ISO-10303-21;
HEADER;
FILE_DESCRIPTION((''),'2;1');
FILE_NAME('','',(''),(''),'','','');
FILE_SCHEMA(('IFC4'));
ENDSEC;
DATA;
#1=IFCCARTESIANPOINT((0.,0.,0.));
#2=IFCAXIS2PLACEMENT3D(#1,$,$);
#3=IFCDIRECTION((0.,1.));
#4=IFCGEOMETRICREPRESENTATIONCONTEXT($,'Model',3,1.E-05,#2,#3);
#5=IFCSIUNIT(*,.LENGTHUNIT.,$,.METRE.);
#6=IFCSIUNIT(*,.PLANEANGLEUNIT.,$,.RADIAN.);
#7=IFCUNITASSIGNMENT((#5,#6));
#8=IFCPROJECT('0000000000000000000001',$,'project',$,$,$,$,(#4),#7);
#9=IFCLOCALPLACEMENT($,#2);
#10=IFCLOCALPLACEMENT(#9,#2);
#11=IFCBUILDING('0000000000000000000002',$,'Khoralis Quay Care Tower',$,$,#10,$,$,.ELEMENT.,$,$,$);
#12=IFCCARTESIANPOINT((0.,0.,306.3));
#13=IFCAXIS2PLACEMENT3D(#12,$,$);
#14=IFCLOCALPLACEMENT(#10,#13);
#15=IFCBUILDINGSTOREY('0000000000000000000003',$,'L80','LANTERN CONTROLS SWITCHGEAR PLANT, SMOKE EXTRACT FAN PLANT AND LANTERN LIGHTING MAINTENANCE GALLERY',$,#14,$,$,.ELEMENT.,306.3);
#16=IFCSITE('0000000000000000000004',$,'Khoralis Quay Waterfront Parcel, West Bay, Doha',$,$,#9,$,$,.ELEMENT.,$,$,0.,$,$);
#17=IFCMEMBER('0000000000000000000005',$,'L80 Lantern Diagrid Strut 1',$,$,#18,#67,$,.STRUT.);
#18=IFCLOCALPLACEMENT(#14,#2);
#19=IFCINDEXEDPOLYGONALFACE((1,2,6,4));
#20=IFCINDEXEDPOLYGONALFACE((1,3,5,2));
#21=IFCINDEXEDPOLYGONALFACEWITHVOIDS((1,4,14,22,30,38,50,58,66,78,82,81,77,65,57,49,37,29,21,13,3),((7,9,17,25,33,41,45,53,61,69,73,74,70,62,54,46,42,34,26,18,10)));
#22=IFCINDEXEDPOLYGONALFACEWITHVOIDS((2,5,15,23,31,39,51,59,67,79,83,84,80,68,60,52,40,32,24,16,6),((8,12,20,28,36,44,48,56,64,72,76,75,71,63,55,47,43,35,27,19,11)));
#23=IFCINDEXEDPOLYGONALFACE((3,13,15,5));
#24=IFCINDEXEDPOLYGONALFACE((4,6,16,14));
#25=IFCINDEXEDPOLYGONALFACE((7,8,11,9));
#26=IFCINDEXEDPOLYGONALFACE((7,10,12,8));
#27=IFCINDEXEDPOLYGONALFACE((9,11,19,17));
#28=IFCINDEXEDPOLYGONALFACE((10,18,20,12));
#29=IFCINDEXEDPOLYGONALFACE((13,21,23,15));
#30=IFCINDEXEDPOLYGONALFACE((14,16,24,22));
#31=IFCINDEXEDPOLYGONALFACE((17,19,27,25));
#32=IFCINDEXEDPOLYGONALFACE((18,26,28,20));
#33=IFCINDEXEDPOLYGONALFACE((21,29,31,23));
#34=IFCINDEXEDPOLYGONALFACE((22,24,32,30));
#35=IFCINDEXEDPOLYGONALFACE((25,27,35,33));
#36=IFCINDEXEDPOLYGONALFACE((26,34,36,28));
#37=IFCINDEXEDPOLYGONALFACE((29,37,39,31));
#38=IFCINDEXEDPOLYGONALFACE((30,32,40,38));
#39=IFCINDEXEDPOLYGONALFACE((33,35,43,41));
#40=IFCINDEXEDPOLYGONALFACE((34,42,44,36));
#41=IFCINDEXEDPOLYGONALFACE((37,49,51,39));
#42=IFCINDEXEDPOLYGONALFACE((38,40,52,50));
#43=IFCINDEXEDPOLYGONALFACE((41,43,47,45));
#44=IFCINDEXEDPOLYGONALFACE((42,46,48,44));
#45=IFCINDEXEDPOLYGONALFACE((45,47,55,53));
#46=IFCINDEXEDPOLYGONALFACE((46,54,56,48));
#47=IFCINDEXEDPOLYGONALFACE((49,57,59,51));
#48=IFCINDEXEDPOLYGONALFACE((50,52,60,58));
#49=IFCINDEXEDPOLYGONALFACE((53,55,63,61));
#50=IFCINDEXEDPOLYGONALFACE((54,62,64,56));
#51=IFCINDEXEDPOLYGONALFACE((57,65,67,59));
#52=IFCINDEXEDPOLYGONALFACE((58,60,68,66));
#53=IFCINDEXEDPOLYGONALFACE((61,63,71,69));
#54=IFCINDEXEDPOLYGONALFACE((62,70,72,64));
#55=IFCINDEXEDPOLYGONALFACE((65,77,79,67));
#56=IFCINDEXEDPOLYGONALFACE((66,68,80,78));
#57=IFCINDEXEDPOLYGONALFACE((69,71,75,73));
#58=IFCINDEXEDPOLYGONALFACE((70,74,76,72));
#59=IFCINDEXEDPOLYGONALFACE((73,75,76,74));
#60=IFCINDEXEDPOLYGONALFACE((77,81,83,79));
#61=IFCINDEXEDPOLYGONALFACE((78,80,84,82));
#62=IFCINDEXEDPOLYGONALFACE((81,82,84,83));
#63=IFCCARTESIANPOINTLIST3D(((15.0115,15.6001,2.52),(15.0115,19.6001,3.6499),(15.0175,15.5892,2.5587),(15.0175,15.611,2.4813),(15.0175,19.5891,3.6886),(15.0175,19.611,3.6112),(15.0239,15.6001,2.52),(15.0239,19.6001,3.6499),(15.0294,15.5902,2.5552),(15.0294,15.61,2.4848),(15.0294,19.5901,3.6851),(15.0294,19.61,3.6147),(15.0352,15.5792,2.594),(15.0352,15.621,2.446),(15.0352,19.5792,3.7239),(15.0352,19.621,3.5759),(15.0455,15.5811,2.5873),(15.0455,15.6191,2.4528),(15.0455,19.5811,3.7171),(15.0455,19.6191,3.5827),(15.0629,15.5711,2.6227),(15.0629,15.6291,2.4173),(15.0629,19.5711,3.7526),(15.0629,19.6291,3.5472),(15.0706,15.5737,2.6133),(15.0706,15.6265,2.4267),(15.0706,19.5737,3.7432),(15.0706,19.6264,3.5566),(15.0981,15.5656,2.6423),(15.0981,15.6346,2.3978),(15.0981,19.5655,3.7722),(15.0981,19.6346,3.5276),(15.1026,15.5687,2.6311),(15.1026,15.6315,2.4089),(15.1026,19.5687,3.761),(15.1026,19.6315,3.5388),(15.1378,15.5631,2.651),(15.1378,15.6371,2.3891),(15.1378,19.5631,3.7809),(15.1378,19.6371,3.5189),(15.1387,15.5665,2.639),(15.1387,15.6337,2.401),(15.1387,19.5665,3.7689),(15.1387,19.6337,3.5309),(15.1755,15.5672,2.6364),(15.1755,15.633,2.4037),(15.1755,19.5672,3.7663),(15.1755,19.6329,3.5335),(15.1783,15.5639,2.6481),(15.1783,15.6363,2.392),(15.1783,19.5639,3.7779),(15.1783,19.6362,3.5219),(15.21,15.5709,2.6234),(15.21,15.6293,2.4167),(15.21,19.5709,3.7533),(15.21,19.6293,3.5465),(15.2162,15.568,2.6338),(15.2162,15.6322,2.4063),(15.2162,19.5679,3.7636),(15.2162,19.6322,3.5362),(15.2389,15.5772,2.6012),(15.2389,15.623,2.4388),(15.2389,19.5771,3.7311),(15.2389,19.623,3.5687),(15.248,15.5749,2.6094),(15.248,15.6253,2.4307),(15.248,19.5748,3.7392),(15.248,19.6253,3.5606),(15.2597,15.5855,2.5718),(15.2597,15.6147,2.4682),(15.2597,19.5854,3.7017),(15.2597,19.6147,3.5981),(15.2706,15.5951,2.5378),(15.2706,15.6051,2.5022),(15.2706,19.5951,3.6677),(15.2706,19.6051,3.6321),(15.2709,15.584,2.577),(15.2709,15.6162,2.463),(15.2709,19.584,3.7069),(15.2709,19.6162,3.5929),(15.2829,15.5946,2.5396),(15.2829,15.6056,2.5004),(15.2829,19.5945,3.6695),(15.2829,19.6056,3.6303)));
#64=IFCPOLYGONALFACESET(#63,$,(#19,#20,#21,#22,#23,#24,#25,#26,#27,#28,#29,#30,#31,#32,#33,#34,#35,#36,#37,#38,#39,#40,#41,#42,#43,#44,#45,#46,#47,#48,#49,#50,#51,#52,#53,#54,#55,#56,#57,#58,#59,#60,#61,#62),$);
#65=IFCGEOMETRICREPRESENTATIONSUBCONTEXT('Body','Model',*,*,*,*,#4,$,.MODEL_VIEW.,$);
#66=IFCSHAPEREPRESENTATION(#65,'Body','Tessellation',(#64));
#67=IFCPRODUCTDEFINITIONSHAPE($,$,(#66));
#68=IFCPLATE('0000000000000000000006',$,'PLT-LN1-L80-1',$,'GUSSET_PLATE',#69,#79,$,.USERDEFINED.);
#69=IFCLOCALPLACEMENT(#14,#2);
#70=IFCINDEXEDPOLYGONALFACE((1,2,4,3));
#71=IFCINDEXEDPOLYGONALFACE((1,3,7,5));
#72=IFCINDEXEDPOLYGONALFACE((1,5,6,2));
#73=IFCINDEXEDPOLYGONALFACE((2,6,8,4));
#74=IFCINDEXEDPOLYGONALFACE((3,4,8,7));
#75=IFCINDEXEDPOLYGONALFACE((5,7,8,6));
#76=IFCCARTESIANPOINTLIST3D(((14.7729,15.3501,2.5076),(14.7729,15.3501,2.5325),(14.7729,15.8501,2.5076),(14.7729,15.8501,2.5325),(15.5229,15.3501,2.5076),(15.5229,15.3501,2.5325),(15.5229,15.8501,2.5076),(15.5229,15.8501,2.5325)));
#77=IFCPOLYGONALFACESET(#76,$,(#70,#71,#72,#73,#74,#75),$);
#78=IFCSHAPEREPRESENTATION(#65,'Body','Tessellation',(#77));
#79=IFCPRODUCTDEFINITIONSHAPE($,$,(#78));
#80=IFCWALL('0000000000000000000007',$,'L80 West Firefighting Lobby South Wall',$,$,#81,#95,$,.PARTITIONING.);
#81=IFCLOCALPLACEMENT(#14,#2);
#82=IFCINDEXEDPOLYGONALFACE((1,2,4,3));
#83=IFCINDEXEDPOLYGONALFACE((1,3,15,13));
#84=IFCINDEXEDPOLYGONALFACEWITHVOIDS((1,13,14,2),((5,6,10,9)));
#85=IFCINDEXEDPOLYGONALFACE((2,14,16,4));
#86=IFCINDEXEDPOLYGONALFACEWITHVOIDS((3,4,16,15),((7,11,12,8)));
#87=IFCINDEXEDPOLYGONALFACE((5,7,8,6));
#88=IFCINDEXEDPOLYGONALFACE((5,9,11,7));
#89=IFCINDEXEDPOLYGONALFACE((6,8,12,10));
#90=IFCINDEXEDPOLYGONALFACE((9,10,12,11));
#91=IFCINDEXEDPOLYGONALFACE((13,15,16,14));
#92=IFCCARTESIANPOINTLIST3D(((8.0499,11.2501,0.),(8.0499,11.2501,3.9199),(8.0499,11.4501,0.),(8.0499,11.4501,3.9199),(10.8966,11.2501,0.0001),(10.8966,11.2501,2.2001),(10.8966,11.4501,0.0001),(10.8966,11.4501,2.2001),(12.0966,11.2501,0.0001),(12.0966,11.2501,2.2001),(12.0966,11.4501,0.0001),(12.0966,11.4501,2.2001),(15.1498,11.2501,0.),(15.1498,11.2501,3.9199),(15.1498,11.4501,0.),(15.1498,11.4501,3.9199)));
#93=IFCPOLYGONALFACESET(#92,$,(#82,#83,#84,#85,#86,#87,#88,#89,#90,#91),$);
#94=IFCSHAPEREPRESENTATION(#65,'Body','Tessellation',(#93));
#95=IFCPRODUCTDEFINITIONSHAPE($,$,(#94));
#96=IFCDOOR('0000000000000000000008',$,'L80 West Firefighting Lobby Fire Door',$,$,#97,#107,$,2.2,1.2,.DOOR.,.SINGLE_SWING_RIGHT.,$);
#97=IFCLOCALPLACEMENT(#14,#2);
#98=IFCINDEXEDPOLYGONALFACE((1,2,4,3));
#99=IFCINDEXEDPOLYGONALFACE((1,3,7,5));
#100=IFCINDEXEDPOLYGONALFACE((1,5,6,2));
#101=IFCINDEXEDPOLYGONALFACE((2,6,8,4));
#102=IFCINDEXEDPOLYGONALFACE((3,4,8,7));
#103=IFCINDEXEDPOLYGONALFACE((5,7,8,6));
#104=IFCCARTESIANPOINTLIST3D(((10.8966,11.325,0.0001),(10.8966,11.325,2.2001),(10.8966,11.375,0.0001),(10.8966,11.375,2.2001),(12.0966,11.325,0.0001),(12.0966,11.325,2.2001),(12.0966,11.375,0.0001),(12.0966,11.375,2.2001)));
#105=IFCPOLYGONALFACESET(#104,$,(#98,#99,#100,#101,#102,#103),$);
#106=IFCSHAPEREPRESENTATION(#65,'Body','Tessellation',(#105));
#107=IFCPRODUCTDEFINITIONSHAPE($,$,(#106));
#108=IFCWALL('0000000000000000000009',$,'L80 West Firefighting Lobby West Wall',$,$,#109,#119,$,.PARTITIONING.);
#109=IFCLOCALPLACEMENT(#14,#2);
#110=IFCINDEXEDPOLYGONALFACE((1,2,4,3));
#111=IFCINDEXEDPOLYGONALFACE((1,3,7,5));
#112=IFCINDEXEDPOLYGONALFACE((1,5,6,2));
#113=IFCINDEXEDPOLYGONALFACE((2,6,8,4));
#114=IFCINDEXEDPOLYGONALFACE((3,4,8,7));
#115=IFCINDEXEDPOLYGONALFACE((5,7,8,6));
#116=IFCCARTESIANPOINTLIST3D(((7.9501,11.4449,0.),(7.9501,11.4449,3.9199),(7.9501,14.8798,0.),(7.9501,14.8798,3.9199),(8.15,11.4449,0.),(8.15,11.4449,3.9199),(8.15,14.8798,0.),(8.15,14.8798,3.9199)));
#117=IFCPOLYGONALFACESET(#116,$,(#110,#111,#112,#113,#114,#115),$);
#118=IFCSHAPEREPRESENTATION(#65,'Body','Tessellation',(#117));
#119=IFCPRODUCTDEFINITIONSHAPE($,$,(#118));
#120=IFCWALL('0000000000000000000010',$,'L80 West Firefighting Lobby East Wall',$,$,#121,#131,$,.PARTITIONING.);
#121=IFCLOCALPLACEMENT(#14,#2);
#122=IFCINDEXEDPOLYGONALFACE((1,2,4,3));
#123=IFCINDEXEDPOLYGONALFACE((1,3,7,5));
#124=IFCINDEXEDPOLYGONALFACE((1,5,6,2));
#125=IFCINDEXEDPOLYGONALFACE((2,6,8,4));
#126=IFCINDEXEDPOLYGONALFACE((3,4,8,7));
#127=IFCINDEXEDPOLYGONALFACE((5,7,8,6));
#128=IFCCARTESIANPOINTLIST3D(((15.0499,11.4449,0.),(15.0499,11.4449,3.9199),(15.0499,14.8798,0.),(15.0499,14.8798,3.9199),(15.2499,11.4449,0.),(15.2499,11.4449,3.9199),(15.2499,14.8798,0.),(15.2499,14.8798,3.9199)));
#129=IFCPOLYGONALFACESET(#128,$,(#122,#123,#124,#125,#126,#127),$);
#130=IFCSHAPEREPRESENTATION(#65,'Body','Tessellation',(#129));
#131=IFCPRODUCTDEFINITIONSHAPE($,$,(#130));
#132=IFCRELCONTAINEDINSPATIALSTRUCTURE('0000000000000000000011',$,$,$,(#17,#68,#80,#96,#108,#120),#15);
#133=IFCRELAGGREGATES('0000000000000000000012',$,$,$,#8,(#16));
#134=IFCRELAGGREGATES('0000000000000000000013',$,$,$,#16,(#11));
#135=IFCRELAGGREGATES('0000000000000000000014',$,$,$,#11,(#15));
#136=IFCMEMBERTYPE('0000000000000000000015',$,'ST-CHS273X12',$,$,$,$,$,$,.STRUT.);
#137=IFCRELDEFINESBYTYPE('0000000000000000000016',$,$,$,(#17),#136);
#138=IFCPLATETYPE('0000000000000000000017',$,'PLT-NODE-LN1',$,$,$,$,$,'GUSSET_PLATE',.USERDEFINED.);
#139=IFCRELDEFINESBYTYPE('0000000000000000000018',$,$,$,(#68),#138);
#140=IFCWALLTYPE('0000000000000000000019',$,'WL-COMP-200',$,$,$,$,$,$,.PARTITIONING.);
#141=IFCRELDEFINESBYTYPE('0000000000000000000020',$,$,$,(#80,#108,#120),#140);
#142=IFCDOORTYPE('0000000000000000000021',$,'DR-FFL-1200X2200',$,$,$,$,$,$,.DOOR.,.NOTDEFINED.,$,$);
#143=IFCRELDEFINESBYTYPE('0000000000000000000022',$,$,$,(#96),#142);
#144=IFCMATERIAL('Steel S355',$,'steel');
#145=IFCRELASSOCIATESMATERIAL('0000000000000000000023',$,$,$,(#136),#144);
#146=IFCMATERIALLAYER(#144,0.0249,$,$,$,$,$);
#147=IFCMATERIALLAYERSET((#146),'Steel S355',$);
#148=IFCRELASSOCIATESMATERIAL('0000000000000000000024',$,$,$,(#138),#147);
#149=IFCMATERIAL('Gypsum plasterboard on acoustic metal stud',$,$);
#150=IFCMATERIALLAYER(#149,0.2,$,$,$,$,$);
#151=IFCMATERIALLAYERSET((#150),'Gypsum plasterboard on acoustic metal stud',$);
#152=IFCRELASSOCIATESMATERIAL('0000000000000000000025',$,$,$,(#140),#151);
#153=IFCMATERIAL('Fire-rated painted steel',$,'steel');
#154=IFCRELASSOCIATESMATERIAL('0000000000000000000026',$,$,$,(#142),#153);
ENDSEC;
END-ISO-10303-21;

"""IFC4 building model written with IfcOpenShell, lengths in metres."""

from ifc_helpers import new_model, si_unit, direction, frame, frame_2d, origin, origin_2d, place, context, subcontext, project, spatial, rectangle, hollow_circle, extrude, source, transform, mapped, material, layer, layer_set, material_profile, profile_set, type_object, element, fill, save


model = new_model("IFC4")

# Units and contexts
model_context = context("Model", 3, precision=1e-05, world=origin(), true_north=direction((0.0, 1.0)))
body_context = subcontext(model_context, "Body", "Model", "MODEL_VIEW")
ifc_project = project(units=[si_unit("LENGTHUNIT", "METRE"), si_unit("PLANEANGLEUNIT", "RADIAN")], contexts=[model_context])

# Site, building, storey
site_placement = place(None, origin())
site = spatial("IfcSite", under=ifc_project, at=site_placement, Name="Khoralis Quay Waterfront Parcel, West Bay, Doha", CompositionType="ELEMENT", RefElevation=0.0)
building_placement = place(site_placement, origin())
building = spatial("IfcBuilding", under=site, at=building_placement, Name="Khoralis Quay Care Tower", CompositionType="ELEMENT")
storey_placement = place(building_placement, frame((0.0, 0.0, 306.3)))
storey = spatial("IfcBuildingStorey", under=building, at=storey_placement, Name="L80", Description="LANTERN CONTROLS SWITCHGEAR PLANT, SMOKE EXTRACT FAN PLANT AND LANTERN LIGHTING MAINTENANCE GALLERY", CompositionType="ELEMENT", Elevation=306.3)

# Shared definitions
ifc_material_1 = material(Name="Steel S355", Category="steel")

# Member
ifc_material_profile_1 = material_profile(ifc_material_1, hollow_circle(Radius=0.1365, WallThickness=0.0125, at=origin_2d()), Name="Steel S355")
ifc_profile_set_1 = profile_set([ifc_material_profile_1], Name="Steel S355")
member_type = type_object("IfcMemberType", Name="ST-CHS273X12", PredefinedType="STRUT", material=ifc_profile_set_1)
shared_shape_1 = source(origin(), body_context, "Body", "SweptSolid", [
    extrude(hollow_circle(Radius=0.1365, WallThickness=0.0125, at=origin_2d()), origin(), (0.0, 0.0, 1.0), 4.1565),
])
member_placement = place(storey_placement, frame((15.1479, 15.6001, 2.52), z_axis=(0.0, 0.962344, 0.271834), x_axis=(-1.0, 0.0, 0.0)))
element("IfcMember", 1, at=member_placement, inside=storey, type_object=member_type, Name="L80 Lantern Diagrid Strut 1", PredefinedType="STRUT", context=body_context, shape_type="MappedRepresentation", body=[
    mapped(shared_shape_1, transform((0.0, 0.0, 0.0), scale=1.0)),
])

# Plate
ifc_layer_1 = layer(ifc_material_1, 0.0249)
ifc_layer_set_1 = layer_set([ifc_layer_1], Name="Steel S355")
plate_type = type_object("IfcPlateType", Name="PLT-NODE-LN1", ElementType="GUSSET_PLATE", PredefinedType="USERDEFINED", material=ifc_layer_set_1)
shared_shape_2 = source(origin(), body_context, "Body", "SweptSolid", [
    extrude(rectangle(XDim=0.75, YDim=0.5, at=origin_2d()), origin(), (0.0, 0.0, 1.0), 0.0249),
])
plate_placement = place(storey_placement, frame((15.1479, 15.6001, 2.5076), z_axis=(0.0, 0.0, 1.0), x_axis=(1.0, 0.0, 0.0)))
element("IfcPlate", 2, at=plate_placement, inside=storey, type_object=plate_type, Name="PLT-LN1-L80-1", ObjectType="GUSSET_PLATE", PredefinedType="USERDEFINED", context=body_context, shape_type="MappedRepresentation", body=[
    mapped(shared_shape_2, transform((0.0, 0.0, 0.0), scale=1.0)),
])

# Wall, opening, door
ifc_material_2 = material(Name="Gypsum plasterboard on acoustic metal stud")
ifc_layer_2 = layer(ifc_material_2, 0.2)
ifc_layer_set_2 = layer_set([ifc_layer_2], Name="Gypsum plasterboard on acoustic metal stud")
wall_type_1 = type_object("IfcWallType", Name="WL-COMP-200", PredefinedType="PARTITIONING", material=ifc_layer_set_2)
wall_1_placement = place(storey_placement, frame((8.05, 11.3501, 0.0), z_axis=(0.0, 0.0, 1.0), x_axis=(1.0, 0.0, 0.0)))
wall_1 = element("IfcWall", 3, at=wall_1_placement, inside=storey, type_object=wall_type_1, Name="L80 West Firefighting Lobby South Wall", PredefinedType="PARTITIONING", context=body_context, shape_type="SweptSolid", body=[
    extrude(rectangle(XDim=7.0999, YDim=0.2, at=frame_2d((3.5498, 0.0))), origin(), (0.0, 0.0, 1.0), 3.9199),
])
opening_1_placement = place(wall_1_placement, frame((2.8464, 0.0, 0.0)))
opening_1 = element("IfcOpeningElement", 4, at=opening_1_placement, cuts=wall_1, PredefinedType="OPENING", context=body_context, shape_type="SweptSolid", body=[
    extrude(rectangle(XDim=1.2, YDim=2.2, at=frame_2d((0.6001, 1.1001))), frame((0.0, 0.1099, 0.0), z_axis=(0.0, -1.0, 0.0), x_axis=(1.0, 0.0, 0.0)), (0.0, 0.0, 1.0), 0.22),
])
ifc_material_3 = material(Name="Fire-rated painted steel", Category="steel")
door_type_1 = type_object("IfcDoorType", Name="DR-FFL-1200X2200", OperationType="NOTDEFINED", PredefinedType="DOOR", material=ifc_material_3)
shared_shape_3 = source(origin(), body_context, "Body", "SweptSolid", [
    extrude(rectangle(XDim=1.2, YDim=2.2, at=frame_2d((0.6001, 1.1001))), frame((0.0, 0.0249, 0.0), z_axis=(0.0, -1.0, 0.0), x_axis=(1.0, 0.0, 0.0)), (0.0, 0.0, 1.0), 0.05),
])
door_1_placement = place(opening_1_placement, origin())
door_1 = element("IfcDoor", 5, at=door_1_placement, inside=storey, type_object=door_type_1, Name="L80 West Firefighting Lobby Fire Door", OperationType="SINGLE_SWING_RIGHT", OverallHeight=2.2, OverallWidth=1.2, PredefinedType="DOOR", context=body_context, shape_type="MappedRepresentation", body=[
    mapped(shared_shape_3, transform((0.0, 0.0, 0.0), scale=1.0)),
])
fill(opening_1, door_1)

# Walls
for number, where, z_axis, x_axis, name in (
    (6, (8.05, 11.4451, 0.0), (0.0, 0.0, 1.0), (0.0, 1.0, 0.0), "L80 West Firefighting Lobby West Wall"),
    (7, (15.1499, 11.4451, 0.0), (0.0, 0.0, 1.0), (0.0, 1.0, 0.0), "L80 West Firefighting Lobby East Wall"),
):
    element("IfcWall", number, at=place(storey_placement, frame(where, z_axis=z_axis, x_axis=x_axis)), inside=storey, type_object=wall_type_1, Name=name, PredefinedType="PARTITIONING", context=body_context, shape_type="SweptSolid", body=[
        extrude(rectangle(XDim=3.4348, YDim=0.2, at=frame_2d((1.7173, 0.0))), origin(), (0.0, 0.0, 1.0), 3.9199),
    ])

save(model, "model.ifc")
